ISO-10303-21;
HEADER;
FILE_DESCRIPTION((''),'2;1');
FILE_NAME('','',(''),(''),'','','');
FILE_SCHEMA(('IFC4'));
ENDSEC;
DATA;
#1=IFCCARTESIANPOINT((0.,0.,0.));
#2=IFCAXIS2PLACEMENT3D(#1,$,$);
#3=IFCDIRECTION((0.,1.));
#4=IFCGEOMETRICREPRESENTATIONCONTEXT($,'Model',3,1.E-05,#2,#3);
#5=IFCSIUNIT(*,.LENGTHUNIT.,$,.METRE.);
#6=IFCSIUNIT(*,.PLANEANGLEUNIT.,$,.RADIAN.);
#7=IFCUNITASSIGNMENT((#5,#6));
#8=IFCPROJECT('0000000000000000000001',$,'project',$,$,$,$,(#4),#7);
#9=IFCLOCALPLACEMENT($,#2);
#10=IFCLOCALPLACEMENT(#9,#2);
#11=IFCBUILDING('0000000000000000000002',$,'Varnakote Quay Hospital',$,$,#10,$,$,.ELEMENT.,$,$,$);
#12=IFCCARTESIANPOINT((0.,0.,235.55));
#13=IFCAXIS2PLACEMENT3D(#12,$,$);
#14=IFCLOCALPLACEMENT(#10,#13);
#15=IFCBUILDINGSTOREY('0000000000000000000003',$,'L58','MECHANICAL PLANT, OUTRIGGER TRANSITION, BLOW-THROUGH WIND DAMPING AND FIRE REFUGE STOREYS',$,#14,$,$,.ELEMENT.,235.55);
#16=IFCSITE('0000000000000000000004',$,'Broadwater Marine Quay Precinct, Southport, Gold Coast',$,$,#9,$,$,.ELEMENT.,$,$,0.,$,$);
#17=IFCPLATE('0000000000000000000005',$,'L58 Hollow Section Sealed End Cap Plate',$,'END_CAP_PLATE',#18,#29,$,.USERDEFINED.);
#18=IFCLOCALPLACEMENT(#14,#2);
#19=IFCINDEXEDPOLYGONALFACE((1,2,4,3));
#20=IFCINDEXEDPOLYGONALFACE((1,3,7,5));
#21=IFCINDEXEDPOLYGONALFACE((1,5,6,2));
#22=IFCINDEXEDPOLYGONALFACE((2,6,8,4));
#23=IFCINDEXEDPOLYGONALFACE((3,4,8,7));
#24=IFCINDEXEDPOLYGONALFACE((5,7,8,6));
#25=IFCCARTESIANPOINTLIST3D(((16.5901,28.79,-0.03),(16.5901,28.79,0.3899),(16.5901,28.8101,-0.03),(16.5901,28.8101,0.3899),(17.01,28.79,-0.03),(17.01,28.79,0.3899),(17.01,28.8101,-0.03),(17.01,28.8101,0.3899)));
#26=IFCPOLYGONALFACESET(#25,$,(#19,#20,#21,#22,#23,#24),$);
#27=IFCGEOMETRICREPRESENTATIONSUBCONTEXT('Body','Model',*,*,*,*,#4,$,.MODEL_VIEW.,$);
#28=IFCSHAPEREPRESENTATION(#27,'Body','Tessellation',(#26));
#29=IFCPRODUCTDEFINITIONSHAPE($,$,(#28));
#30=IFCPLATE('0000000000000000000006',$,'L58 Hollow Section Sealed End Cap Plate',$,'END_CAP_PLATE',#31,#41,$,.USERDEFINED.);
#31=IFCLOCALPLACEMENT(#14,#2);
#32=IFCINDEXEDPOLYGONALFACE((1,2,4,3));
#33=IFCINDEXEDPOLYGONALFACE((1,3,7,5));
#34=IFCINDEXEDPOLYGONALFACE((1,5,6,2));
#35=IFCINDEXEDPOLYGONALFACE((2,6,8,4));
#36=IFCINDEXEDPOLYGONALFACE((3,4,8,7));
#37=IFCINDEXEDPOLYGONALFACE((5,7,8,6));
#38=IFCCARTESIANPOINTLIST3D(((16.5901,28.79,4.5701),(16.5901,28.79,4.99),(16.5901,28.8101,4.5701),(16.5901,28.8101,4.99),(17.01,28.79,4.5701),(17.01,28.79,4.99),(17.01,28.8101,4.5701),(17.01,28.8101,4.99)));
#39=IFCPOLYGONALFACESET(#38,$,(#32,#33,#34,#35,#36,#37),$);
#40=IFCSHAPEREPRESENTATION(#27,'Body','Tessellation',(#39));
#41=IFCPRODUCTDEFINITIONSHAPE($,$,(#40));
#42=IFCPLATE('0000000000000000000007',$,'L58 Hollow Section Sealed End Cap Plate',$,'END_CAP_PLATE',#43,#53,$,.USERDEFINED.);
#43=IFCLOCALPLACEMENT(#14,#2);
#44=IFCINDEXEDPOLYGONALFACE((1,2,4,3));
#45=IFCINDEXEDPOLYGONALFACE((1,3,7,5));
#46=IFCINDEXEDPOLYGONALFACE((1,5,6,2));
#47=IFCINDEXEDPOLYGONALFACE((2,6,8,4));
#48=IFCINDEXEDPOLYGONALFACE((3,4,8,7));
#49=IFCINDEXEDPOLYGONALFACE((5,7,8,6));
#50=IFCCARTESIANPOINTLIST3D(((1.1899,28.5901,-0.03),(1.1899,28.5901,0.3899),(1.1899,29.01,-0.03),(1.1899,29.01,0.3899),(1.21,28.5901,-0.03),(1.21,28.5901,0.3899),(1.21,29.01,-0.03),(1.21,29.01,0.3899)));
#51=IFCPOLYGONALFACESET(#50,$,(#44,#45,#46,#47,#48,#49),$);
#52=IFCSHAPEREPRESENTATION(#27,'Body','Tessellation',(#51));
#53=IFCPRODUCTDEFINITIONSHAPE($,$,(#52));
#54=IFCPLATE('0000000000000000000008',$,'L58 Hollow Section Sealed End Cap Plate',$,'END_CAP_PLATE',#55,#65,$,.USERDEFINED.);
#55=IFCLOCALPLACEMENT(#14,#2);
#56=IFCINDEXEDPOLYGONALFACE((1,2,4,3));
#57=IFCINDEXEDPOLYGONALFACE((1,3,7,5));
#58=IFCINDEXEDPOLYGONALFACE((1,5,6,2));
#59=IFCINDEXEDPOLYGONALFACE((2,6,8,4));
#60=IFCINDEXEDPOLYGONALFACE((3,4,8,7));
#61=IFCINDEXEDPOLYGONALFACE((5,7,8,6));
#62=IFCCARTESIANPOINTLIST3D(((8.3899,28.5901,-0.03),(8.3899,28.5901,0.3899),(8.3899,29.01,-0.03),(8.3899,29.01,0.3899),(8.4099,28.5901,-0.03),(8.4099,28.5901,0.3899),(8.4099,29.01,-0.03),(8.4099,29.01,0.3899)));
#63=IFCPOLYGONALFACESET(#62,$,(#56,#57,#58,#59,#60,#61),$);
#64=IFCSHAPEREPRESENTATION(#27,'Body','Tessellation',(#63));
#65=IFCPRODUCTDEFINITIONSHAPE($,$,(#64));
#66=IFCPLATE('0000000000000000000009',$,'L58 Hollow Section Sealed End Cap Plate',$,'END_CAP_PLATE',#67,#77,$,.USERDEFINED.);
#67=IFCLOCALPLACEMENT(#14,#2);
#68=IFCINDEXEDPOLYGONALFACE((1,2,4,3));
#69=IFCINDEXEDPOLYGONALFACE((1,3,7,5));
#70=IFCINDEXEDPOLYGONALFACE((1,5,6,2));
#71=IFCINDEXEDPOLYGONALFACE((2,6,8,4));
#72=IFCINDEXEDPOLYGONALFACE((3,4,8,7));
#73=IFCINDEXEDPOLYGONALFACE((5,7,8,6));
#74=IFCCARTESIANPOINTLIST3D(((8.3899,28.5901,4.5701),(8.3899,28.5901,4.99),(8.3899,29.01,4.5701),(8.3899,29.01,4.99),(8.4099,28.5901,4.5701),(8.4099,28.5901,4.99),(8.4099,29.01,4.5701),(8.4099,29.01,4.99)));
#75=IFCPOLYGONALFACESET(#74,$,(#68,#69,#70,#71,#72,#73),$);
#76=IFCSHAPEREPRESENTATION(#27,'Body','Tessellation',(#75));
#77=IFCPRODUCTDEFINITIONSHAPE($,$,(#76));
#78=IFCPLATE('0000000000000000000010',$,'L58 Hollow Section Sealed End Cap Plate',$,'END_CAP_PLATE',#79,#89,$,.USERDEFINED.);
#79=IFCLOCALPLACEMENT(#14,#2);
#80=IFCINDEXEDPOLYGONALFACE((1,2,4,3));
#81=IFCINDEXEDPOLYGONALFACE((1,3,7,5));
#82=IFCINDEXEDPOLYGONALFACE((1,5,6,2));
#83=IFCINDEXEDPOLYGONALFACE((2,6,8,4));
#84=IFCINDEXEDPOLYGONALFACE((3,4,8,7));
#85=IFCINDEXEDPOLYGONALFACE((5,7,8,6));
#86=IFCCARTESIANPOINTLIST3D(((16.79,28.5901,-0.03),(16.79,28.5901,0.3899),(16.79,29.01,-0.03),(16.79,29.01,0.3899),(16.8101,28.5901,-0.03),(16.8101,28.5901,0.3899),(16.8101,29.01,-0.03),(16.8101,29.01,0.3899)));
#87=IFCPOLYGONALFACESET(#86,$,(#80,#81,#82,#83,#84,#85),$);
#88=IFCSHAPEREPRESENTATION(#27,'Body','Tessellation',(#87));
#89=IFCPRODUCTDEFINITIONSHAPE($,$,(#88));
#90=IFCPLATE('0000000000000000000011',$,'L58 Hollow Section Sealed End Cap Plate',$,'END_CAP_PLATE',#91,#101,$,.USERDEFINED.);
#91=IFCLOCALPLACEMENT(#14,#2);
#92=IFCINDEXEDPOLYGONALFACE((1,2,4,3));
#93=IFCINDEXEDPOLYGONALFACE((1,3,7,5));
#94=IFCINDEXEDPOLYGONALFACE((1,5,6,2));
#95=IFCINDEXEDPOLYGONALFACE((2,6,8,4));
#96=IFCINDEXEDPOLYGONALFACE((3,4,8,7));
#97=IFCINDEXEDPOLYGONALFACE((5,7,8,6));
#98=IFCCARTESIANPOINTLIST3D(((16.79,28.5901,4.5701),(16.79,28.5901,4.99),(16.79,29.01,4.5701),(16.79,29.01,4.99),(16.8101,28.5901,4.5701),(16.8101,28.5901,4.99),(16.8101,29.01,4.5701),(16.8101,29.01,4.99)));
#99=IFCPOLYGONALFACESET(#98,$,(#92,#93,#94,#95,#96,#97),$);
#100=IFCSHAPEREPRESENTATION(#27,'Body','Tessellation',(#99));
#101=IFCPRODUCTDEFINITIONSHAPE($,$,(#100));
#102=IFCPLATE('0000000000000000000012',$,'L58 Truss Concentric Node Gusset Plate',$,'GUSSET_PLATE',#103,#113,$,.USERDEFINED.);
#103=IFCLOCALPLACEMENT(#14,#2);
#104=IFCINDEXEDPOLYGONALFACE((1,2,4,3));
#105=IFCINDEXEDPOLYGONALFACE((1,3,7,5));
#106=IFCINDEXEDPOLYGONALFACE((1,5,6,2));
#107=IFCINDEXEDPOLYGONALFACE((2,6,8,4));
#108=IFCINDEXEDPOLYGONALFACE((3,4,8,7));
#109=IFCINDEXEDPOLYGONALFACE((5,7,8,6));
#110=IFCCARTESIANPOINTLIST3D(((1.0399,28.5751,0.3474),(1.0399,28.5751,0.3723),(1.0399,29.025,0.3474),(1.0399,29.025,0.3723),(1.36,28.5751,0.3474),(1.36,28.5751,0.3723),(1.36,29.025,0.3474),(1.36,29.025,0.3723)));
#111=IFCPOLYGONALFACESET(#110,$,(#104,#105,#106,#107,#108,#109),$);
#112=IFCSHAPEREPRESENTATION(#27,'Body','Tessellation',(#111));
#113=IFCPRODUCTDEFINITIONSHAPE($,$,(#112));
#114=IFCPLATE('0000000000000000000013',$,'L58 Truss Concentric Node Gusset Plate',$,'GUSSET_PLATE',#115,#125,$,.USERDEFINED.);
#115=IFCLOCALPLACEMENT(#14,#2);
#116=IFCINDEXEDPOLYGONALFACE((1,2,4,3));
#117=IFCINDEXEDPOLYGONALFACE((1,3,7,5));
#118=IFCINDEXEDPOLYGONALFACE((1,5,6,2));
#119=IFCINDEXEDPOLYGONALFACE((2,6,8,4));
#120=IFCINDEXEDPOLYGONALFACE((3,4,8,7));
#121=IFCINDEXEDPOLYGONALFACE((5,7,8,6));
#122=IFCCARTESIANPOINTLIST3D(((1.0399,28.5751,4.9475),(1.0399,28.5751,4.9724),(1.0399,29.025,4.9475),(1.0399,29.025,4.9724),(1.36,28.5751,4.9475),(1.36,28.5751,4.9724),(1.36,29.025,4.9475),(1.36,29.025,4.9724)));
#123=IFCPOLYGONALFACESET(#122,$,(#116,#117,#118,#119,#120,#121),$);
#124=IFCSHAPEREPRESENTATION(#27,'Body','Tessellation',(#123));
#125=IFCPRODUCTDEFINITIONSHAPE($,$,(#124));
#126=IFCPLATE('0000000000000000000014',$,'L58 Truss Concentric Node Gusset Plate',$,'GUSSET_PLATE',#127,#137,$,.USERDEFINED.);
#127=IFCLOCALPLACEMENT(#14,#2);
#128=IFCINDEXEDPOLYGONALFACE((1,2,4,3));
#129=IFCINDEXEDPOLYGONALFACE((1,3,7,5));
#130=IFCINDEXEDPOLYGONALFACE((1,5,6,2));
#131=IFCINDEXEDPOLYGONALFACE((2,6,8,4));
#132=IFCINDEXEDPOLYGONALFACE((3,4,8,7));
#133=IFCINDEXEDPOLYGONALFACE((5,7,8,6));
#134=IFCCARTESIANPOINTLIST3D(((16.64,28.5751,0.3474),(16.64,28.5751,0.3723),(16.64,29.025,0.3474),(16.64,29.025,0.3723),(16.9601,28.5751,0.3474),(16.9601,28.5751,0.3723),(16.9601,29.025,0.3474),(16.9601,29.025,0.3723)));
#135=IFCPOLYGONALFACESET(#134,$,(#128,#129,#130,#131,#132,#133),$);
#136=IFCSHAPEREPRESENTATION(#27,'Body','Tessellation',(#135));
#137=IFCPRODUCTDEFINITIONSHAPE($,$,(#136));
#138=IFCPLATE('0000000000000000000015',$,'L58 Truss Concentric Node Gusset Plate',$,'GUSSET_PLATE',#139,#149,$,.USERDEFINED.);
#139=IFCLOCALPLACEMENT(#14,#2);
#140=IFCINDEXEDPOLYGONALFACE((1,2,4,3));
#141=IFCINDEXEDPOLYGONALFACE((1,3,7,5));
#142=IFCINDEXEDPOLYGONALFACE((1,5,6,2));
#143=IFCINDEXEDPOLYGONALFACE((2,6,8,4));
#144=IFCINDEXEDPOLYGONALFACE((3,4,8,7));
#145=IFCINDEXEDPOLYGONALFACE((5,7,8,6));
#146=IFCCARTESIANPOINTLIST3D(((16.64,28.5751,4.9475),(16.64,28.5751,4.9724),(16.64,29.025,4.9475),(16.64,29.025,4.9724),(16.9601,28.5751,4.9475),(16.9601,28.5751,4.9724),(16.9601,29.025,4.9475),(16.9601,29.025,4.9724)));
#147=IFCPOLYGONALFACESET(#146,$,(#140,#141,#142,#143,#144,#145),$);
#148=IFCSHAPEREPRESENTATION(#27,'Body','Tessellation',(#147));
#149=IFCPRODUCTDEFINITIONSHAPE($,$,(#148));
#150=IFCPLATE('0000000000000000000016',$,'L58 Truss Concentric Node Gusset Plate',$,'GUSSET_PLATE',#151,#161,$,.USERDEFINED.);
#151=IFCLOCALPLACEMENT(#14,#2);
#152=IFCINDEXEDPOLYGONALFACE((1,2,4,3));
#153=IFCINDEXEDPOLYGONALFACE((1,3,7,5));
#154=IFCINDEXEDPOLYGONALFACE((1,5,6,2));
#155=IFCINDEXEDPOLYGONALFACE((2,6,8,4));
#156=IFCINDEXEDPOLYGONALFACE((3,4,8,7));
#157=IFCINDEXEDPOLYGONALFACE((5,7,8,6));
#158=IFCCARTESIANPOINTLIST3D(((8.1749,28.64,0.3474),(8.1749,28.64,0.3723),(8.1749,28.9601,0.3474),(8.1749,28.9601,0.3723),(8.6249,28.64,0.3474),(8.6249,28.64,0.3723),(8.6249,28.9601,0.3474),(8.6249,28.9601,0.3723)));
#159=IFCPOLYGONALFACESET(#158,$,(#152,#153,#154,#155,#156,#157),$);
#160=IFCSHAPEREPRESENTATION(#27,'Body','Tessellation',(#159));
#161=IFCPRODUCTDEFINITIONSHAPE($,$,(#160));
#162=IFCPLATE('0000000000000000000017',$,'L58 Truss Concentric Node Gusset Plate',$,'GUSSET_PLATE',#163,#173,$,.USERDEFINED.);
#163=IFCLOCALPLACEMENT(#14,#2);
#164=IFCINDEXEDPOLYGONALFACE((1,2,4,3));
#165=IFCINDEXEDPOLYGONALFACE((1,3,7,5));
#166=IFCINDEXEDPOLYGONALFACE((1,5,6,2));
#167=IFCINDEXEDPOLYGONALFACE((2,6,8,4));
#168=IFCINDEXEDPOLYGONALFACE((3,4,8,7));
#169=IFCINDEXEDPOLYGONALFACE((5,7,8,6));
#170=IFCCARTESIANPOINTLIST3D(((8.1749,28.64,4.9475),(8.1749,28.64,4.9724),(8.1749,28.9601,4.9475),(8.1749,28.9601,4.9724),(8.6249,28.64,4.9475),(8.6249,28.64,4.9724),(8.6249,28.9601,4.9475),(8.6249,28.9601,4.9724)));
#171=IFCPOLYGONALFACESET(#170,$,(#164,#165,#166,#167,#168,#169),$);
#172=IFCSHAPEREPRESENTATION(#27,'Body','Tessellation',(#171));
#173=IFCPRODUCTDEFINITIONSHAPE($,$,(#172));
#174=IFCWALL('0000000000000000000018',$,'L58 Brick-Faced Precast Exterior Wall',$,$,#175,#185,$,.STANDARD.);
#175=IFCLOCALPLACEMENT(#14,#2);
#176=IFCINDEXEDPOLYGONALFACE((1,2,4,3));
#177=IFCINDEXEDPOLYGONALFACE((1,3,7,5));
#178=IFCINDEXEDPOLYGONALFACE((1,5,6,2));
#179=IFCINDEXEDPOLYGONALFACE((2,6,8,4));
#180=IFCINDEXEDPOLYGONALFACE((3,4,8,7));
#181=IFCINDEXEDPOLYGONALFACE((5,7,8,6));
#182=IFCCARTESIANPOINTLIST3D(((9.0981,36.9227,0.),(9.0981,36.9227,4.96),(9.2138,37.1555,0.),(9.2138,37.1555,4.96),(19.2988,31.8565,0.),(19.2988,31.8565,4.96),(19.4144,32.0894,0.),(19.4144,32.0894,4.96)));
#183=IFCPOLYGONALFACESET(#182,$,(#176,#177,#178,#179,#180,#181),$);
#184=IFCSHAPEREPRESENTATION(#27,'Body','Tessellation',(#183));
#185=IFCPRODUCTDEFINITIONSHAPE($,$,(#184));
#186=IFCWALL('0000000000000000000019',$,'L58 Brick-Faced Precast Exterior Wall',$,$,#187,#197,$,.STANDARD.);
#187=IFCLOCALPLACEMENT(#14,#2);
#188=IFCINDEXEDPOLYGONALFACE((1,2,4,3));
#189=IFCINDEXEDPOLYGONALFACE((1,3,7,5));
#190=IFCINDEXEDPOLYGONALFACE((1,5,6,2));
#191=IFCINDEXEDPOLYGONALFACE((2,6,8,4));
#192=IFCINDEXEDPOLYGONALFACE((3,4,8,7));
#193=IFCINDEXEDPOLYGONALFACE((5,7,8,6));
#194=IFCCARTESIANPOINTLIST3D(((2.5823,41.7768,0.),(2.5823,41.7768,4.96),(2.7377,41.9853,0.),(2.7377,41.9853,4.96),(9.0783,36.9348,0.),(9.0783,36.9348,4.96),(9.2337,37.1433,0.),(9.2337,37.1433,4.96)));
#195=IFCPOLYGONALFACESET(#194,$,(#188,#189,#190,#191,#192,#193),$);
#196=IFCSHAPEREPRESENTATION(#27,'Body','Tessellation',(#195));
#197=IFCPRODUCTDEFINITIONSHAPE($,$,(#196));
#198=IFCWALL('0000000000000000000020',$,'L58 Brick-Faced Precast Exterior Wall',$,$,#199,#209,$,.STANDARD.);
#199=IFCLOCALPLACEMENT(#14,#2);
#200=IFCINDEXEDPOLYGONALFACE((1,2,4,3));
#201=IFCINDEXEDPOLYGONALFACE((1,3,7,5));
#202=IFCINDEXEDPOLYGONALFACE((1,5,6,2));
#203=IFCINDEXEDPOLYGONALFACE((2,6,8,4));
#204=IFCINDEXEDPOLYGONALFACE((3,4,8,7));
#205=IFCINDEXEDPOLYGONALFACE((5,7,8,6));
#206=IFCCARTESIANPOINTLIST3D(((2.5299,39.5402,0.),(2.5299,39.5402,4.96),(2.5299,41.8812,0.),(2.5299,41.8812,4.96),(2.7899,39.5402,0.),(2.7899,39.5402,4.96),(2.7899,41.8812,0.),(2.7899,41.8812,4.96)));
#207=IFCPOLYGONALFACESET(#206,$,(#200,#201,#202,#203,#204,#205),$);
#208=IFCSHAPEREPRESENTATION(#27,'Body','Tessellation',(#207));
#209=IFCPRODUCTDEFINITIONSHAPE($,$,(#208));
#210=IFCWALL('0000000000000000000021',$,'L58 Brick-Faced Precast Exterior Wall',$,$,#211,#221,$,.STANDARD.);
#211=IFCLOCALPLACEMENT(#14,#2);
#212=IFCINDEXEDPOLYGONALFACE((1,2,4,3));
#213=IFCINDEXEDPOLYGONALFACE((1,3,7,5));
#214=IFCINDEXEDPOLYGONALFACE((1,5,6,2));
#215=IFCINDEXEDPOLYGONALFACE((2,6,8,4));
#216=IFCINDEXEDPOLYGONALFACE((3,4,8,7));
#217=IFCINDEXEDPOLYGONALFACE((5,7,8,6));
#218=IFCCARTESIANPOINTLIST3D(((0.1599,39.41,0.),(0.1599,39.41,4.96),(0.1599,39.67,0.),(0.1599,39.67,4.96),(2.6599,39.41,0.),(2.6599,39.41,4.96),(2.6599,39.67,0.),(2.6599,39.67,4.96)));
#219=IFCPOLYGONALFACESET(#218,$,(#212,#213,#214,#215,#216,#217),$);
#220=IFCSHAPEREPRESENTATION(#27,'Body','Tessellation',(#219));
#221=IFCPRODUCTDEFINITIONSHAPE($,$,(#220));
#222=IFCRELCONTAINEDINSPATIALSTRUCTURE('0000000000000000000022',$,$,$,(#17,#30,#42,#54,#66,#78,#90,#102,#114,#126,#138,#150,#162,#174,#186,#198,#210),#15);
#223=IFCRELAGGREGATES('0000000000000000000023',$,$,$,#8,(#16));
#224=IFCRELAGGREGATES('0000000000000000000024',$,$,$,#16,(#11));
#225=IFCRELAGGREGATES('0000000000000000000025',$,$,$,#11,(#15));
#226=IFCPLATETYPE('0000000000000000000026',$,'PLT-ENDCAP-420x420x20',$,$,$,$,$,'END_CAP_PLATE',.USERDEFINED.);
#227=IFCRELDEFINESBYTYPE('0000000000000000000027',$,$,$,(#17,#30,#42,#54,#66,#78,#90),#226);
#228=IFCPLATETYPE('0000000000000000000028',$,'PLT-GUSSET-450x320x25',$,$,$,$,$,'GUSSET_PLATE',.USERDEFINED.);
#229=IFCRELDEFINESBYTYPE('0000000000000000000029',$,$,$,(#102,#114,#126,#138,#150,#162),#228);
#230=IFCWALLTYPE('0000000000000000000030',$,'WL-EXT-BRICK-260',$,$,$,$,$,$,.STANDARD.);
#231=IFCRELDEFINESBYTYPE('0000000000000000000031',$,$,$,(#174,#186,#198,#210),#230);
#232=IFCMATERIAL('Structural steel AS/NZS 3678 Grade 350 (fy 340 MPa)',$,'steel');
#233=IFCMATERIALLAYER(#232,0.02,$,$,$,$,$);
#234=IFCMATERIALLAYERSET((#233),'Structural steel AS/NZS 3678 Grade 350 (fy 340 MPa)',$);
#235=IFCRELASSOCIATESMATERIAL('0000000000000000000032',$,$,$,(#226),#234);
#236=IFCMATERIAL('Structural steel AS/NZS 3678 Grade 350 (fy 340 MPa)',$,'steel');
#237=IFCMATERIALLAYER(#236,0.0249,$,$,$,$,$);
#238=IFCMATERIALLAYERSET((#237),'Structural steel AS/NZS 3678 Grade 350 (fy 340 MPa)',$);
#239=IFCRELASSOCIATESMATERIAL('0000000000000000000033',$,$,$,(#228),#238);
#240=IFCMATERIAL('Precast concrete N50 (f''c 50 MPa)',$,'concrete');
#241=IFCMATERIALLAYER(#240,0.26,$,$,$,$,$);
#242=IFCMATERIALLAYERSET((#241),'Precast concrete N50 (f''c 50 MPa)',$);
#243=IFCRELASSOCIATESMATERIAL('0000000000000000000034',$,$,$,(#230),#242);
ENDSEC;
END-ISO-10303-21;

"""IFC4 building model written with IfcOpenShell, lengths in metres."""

from ifc_helpers import new_model, si_unit, direction, frame, frame_2d, origin, origin_2d, place, context, subcontext, project, spatial, rectangle, extrude, material, layer, layer_set, type_object, element, save


model = new_model("IFC4")

# Units and contexts
model_context = context("Model", 3, precision=1e-05, world=origin(), true_north=direction((0.0, 1.0)))
body_context = subcontext(model_context, "Body", "Model", "MODEL_VIEW")
ifc_project = project(units=[si_unit("LENGTHUNIT", "METRE"), si_unit("PLANEANGLEUNIT", "RADIAN")], contexts=[model_context])

# Site, building, storey
site_placement = place(None, origin())
site = spatial("IfcSite", under=ifc_project, at=site_placement, Name="Broadwater Marine Quay Precinct, Southport, Gold Coast", CompositionType="ELEMENT", RefElevation=0.0)
building_placement = place(site_placement, origin())
building = spatial("IfcBuilding", under=site, at=building_placement, Name="Varnakote Quay Hospital", CompositionType="ELEMENT")
storey_placement = place(building_placement, frame((0.0, 0.0, 235.55)))
storey = spatial("IfcBuildingStorey", under=building, at=storey_placement, Name="L58", Description="MECHANICAL PLANT, OUTRIGGER TRANSITION, BLOW-THROUGH WIND DAMPING AND FIRE REFUGE STOREYS", CompositionType="ELEMENT", Elevation=235.55)

# Plates
ifc_material_1 = material(Name="Structural steel AS/NZS 3678 Grade 350 (fy 340 MPa)", Category="steel")
ifc_layer_1 = layer(ifc_material_1, 0.02)
ifc_layer_set_1 = layer_set([ifc_layer_1], Name="Structural steel AS/NZS 3678 Grade 350 (fy 340 MPa)")
plate_type_1 = type_object("IfcPlateType", Name="PLT-ENDCAP-420x420x20", ElementType="END_CAP_PLATE", PredefinedType="USERDEFINED", material=ifc_layer_set_1)
for number, where, z_axis, x_axis, name in (
    (1, (16.8, 28.8, -0.03), (0.0, 0.0, 1.0), (0.0, 1.0, 0.0), "L58 Hollow Section Sealed End Cap Plate"),
    (2, (16.8, 28.8, 4.5701), (0.0, 0.0, 1.0), (0.0, 1.0, 0.0), "L58 Hollow Section Sealed End Cap Plate"),
    (3, (1.2, 28.8, -0.03), (0.0, 0.0, 1.0), (1.0, 0.0, 0.0), "L58 Hollow Section Sealed End Cap Plate"),
    (4, (8.3999, 28.8, -0.03), (0.0, 0.0, 1.0), (1.0, 0.0, 0.0), "L58 Hollow Section Sealed End Cap Plate"),
    (5, (8.3999, 28.8, 4.5701), (0.0, 0.0, 1.0), (1.0, 0.0, 0.0), "L58 Hollow Section Sealed End Cap Plate"),
    (6, (16.8, 28.8, -0.03), (0.0, 0.0, 1.0), (1.0, 0.0, 0.0), "L58 Hollow Section Sealed End Cap Plate"),
    (7, (16.8, 28.8, 4.5701), (0.0, 0.0, 1.0), (1.0, 0.0, 0.0), "L58 Hollow Section Sealed End Cap Plate"),
):
    element("IfcPlate", number, at=place(storey_placement, frame(where, z_axis=z_axis, x_axis=x_axis)), inside=storey, type_object=plate_type_1, Name=name, ObjectType="END_CAP_PLATE", PredefinedType="USERDEFINED", context=body_context, shape_type="SweptSolid", body=[
        extrude(rectangle(XDim=0.02, YDim=0.4199, at=origin_2d()), origin(), (0.0, 0.0, 1.0), 0.4199),
    ])
ifc_material_2 = material(Name="Structural steel AS/NZS 3678 Grade 350 (fy 340 MPa)", Category="steel")
ifc_layer_2 = layer(ifc_material_2, 0.0249)
ifc_layer_set_2 = layer_set([ifc_layer_2], Name="Structural steel AS/NZS 3678 Grade 350 (fy 340 MPa)")
plate_type_2 = type_object("IfcPlateType", Name="PLT-GUSSET-450x320x25", ElementType="GUSSET_PLATE", PredefinedType="USERDEFINED", material=ifc_layer_set_2)
for number, where, z_axis, x_axis, name in (
    (8, (1.2, 28.8, 0.3474), (0.0, 0.0, 1.0), (0.0, 1.0, 0.0), "L58 Truss Concentric Node Gusset Plate"),
    (9, (1.2, 28.8, 4.9475), (0.0, 0.0, 1.0), (0.0, 1.0, 0.0), "L58 Truss Concentric Node Gusset Plate"),
    (10, (16.8, 28.8, 0.3474), (0.0, 0.0, 1.0), (0.0, 1.0, 0.0), "L58 Truss Concentric Node Gusset Plate"),
    (11, (16.8, 28.8, 4.9475), (0.0, 0.0, 1.0), (0.0, 1.0, 0.0), "L58 Truss Concentric Node Gusset Plate"),
    (12, (8.3999, 28.8, 0.3474), (0.0, 0.0, 1.0), (1.0, 0.0, 0.0), "L58 Truss Concentric Node Gusset Plate"),
    (13, (8.3999, 28.8, 4.9475), (0.0, 0.0, 1.0), (1.0, 0.0, 0.0), "L58 Truss Concentric Node Gusset Plate"),
):
    element("IfcPlate", number, at=place(storey_placement, frame(where, z_axis=z_axis, x_axis=x_axis)), inside=storey, type_object=plate_type_2, Name=name, ObjectType="GUSSET_PLATE", PredefinedType="USERDEFINED", context=body_context, shape_type="SweptSolid", body=[
        extrude(rectangle(XDim=0.45, YDim=0.3201, at=origin_2d()), origin(), (0.0, 0.0, 1.0), 0.0249),
    ])

# Walls
ifc_material_3 = material(Name="Precast concrete N50 (f'c 50 MPa)", Category="concrete")
ifc_layer_3 = layer(ifc_material_3, 0.26)
ifc_layer_set_3 = layer_set([ifc_layer_3], Name="Precast concrete N50 (f'c 50 MPa)")
wall_type = type_object("IfcWallType", Name="WL-EXT-BRICK-260", PredefinedType="STANDARD", material=ifc_layer_set_3)
wall_1_placement = place(storey_placement, frame((19.3567, 31.9729, 0.0), z_axis=(0.0, 0.0, 1.0), x_axis=(-0.895624, 0.444811, 0.0)))
element("IfcWall", 14, at=wall_1_placement, inside=storey, type_object=wall_type, Name="L58 Brick-Faced Precast Exterior Wall", PredefinedType="STANDARD", context=body_context, shape_type="SweptSolid", body=[
    extrude(rectangle(XDim=11.3894, YDim=0.26, at=frame_2d((5.6948, 0.0))), origin(), (0.0, 0.0, 1.0), 4.96),
])
wall_2_placement = place(storey_placement, frame((9.156, 37.0391, 0.0), z_axis=(0.0, 0.0, 1.0), x_axis=(-0.801776, 0.597625, 0.0)))
element("IfcWall", 15, at=wall_2_placement, inside=storey, type_object=wall_type, Name="L58 Brick-Faced Precast Exterior Wall", PredefinedType="STANDARD", context=body_context, shape_type="SweptSolid", body=[
    extrude(rectangle(XDim=8.1021, YDim=0.26, at=frame_2d((4.051, 0.0))), origin(), (0.0, 0.0, 1.0), 4.96),
])
wall_3_placement = place(storey_placement, frame((2.6599, 41.8811, 0.0), z_axis=(0.0, 0.0, 1.0), x_axis=(0.0, -1.0, 0.0)))
element("IfcWall", 16, at=wall_3_placement, inside=storey, type_object=wall_type, Name="L58 Brick-Faced Precast Exterior Wall", PredefinedType="STANDARD", context=body_context, shape_type="SweptSolid", body=[
    extrude(rectangle(XDim=2.3411, YDim=0.26, at=frame_2d((1.1704, 0.0))), origin(), (0.0, 0.0, 1.0), 4.96),
])
wall_4_placement = place(storey_placement, frame((2.6599, 39.54, 0.0), z_axis=(0.0, 0.0, 1.0), x_axis=(-1.0, 0.0, 0.0)))
element("IfcWall", 17, at=wall_4_placement, inside=storey, type_object=wall_type, Name="L58 Brick-Faced Precast Exterior Wall", PredefinedType="STANDARD", context=body_context, shape_type="SweptSolid", body=[
    extrude(rectangle(XDim=2.5, YDim=0.26, at=frame_2d((1.25, 0.0))), origin(), (0.0, 0.0, 1.0), 4.96),
])

save(model, "model.ifc")
